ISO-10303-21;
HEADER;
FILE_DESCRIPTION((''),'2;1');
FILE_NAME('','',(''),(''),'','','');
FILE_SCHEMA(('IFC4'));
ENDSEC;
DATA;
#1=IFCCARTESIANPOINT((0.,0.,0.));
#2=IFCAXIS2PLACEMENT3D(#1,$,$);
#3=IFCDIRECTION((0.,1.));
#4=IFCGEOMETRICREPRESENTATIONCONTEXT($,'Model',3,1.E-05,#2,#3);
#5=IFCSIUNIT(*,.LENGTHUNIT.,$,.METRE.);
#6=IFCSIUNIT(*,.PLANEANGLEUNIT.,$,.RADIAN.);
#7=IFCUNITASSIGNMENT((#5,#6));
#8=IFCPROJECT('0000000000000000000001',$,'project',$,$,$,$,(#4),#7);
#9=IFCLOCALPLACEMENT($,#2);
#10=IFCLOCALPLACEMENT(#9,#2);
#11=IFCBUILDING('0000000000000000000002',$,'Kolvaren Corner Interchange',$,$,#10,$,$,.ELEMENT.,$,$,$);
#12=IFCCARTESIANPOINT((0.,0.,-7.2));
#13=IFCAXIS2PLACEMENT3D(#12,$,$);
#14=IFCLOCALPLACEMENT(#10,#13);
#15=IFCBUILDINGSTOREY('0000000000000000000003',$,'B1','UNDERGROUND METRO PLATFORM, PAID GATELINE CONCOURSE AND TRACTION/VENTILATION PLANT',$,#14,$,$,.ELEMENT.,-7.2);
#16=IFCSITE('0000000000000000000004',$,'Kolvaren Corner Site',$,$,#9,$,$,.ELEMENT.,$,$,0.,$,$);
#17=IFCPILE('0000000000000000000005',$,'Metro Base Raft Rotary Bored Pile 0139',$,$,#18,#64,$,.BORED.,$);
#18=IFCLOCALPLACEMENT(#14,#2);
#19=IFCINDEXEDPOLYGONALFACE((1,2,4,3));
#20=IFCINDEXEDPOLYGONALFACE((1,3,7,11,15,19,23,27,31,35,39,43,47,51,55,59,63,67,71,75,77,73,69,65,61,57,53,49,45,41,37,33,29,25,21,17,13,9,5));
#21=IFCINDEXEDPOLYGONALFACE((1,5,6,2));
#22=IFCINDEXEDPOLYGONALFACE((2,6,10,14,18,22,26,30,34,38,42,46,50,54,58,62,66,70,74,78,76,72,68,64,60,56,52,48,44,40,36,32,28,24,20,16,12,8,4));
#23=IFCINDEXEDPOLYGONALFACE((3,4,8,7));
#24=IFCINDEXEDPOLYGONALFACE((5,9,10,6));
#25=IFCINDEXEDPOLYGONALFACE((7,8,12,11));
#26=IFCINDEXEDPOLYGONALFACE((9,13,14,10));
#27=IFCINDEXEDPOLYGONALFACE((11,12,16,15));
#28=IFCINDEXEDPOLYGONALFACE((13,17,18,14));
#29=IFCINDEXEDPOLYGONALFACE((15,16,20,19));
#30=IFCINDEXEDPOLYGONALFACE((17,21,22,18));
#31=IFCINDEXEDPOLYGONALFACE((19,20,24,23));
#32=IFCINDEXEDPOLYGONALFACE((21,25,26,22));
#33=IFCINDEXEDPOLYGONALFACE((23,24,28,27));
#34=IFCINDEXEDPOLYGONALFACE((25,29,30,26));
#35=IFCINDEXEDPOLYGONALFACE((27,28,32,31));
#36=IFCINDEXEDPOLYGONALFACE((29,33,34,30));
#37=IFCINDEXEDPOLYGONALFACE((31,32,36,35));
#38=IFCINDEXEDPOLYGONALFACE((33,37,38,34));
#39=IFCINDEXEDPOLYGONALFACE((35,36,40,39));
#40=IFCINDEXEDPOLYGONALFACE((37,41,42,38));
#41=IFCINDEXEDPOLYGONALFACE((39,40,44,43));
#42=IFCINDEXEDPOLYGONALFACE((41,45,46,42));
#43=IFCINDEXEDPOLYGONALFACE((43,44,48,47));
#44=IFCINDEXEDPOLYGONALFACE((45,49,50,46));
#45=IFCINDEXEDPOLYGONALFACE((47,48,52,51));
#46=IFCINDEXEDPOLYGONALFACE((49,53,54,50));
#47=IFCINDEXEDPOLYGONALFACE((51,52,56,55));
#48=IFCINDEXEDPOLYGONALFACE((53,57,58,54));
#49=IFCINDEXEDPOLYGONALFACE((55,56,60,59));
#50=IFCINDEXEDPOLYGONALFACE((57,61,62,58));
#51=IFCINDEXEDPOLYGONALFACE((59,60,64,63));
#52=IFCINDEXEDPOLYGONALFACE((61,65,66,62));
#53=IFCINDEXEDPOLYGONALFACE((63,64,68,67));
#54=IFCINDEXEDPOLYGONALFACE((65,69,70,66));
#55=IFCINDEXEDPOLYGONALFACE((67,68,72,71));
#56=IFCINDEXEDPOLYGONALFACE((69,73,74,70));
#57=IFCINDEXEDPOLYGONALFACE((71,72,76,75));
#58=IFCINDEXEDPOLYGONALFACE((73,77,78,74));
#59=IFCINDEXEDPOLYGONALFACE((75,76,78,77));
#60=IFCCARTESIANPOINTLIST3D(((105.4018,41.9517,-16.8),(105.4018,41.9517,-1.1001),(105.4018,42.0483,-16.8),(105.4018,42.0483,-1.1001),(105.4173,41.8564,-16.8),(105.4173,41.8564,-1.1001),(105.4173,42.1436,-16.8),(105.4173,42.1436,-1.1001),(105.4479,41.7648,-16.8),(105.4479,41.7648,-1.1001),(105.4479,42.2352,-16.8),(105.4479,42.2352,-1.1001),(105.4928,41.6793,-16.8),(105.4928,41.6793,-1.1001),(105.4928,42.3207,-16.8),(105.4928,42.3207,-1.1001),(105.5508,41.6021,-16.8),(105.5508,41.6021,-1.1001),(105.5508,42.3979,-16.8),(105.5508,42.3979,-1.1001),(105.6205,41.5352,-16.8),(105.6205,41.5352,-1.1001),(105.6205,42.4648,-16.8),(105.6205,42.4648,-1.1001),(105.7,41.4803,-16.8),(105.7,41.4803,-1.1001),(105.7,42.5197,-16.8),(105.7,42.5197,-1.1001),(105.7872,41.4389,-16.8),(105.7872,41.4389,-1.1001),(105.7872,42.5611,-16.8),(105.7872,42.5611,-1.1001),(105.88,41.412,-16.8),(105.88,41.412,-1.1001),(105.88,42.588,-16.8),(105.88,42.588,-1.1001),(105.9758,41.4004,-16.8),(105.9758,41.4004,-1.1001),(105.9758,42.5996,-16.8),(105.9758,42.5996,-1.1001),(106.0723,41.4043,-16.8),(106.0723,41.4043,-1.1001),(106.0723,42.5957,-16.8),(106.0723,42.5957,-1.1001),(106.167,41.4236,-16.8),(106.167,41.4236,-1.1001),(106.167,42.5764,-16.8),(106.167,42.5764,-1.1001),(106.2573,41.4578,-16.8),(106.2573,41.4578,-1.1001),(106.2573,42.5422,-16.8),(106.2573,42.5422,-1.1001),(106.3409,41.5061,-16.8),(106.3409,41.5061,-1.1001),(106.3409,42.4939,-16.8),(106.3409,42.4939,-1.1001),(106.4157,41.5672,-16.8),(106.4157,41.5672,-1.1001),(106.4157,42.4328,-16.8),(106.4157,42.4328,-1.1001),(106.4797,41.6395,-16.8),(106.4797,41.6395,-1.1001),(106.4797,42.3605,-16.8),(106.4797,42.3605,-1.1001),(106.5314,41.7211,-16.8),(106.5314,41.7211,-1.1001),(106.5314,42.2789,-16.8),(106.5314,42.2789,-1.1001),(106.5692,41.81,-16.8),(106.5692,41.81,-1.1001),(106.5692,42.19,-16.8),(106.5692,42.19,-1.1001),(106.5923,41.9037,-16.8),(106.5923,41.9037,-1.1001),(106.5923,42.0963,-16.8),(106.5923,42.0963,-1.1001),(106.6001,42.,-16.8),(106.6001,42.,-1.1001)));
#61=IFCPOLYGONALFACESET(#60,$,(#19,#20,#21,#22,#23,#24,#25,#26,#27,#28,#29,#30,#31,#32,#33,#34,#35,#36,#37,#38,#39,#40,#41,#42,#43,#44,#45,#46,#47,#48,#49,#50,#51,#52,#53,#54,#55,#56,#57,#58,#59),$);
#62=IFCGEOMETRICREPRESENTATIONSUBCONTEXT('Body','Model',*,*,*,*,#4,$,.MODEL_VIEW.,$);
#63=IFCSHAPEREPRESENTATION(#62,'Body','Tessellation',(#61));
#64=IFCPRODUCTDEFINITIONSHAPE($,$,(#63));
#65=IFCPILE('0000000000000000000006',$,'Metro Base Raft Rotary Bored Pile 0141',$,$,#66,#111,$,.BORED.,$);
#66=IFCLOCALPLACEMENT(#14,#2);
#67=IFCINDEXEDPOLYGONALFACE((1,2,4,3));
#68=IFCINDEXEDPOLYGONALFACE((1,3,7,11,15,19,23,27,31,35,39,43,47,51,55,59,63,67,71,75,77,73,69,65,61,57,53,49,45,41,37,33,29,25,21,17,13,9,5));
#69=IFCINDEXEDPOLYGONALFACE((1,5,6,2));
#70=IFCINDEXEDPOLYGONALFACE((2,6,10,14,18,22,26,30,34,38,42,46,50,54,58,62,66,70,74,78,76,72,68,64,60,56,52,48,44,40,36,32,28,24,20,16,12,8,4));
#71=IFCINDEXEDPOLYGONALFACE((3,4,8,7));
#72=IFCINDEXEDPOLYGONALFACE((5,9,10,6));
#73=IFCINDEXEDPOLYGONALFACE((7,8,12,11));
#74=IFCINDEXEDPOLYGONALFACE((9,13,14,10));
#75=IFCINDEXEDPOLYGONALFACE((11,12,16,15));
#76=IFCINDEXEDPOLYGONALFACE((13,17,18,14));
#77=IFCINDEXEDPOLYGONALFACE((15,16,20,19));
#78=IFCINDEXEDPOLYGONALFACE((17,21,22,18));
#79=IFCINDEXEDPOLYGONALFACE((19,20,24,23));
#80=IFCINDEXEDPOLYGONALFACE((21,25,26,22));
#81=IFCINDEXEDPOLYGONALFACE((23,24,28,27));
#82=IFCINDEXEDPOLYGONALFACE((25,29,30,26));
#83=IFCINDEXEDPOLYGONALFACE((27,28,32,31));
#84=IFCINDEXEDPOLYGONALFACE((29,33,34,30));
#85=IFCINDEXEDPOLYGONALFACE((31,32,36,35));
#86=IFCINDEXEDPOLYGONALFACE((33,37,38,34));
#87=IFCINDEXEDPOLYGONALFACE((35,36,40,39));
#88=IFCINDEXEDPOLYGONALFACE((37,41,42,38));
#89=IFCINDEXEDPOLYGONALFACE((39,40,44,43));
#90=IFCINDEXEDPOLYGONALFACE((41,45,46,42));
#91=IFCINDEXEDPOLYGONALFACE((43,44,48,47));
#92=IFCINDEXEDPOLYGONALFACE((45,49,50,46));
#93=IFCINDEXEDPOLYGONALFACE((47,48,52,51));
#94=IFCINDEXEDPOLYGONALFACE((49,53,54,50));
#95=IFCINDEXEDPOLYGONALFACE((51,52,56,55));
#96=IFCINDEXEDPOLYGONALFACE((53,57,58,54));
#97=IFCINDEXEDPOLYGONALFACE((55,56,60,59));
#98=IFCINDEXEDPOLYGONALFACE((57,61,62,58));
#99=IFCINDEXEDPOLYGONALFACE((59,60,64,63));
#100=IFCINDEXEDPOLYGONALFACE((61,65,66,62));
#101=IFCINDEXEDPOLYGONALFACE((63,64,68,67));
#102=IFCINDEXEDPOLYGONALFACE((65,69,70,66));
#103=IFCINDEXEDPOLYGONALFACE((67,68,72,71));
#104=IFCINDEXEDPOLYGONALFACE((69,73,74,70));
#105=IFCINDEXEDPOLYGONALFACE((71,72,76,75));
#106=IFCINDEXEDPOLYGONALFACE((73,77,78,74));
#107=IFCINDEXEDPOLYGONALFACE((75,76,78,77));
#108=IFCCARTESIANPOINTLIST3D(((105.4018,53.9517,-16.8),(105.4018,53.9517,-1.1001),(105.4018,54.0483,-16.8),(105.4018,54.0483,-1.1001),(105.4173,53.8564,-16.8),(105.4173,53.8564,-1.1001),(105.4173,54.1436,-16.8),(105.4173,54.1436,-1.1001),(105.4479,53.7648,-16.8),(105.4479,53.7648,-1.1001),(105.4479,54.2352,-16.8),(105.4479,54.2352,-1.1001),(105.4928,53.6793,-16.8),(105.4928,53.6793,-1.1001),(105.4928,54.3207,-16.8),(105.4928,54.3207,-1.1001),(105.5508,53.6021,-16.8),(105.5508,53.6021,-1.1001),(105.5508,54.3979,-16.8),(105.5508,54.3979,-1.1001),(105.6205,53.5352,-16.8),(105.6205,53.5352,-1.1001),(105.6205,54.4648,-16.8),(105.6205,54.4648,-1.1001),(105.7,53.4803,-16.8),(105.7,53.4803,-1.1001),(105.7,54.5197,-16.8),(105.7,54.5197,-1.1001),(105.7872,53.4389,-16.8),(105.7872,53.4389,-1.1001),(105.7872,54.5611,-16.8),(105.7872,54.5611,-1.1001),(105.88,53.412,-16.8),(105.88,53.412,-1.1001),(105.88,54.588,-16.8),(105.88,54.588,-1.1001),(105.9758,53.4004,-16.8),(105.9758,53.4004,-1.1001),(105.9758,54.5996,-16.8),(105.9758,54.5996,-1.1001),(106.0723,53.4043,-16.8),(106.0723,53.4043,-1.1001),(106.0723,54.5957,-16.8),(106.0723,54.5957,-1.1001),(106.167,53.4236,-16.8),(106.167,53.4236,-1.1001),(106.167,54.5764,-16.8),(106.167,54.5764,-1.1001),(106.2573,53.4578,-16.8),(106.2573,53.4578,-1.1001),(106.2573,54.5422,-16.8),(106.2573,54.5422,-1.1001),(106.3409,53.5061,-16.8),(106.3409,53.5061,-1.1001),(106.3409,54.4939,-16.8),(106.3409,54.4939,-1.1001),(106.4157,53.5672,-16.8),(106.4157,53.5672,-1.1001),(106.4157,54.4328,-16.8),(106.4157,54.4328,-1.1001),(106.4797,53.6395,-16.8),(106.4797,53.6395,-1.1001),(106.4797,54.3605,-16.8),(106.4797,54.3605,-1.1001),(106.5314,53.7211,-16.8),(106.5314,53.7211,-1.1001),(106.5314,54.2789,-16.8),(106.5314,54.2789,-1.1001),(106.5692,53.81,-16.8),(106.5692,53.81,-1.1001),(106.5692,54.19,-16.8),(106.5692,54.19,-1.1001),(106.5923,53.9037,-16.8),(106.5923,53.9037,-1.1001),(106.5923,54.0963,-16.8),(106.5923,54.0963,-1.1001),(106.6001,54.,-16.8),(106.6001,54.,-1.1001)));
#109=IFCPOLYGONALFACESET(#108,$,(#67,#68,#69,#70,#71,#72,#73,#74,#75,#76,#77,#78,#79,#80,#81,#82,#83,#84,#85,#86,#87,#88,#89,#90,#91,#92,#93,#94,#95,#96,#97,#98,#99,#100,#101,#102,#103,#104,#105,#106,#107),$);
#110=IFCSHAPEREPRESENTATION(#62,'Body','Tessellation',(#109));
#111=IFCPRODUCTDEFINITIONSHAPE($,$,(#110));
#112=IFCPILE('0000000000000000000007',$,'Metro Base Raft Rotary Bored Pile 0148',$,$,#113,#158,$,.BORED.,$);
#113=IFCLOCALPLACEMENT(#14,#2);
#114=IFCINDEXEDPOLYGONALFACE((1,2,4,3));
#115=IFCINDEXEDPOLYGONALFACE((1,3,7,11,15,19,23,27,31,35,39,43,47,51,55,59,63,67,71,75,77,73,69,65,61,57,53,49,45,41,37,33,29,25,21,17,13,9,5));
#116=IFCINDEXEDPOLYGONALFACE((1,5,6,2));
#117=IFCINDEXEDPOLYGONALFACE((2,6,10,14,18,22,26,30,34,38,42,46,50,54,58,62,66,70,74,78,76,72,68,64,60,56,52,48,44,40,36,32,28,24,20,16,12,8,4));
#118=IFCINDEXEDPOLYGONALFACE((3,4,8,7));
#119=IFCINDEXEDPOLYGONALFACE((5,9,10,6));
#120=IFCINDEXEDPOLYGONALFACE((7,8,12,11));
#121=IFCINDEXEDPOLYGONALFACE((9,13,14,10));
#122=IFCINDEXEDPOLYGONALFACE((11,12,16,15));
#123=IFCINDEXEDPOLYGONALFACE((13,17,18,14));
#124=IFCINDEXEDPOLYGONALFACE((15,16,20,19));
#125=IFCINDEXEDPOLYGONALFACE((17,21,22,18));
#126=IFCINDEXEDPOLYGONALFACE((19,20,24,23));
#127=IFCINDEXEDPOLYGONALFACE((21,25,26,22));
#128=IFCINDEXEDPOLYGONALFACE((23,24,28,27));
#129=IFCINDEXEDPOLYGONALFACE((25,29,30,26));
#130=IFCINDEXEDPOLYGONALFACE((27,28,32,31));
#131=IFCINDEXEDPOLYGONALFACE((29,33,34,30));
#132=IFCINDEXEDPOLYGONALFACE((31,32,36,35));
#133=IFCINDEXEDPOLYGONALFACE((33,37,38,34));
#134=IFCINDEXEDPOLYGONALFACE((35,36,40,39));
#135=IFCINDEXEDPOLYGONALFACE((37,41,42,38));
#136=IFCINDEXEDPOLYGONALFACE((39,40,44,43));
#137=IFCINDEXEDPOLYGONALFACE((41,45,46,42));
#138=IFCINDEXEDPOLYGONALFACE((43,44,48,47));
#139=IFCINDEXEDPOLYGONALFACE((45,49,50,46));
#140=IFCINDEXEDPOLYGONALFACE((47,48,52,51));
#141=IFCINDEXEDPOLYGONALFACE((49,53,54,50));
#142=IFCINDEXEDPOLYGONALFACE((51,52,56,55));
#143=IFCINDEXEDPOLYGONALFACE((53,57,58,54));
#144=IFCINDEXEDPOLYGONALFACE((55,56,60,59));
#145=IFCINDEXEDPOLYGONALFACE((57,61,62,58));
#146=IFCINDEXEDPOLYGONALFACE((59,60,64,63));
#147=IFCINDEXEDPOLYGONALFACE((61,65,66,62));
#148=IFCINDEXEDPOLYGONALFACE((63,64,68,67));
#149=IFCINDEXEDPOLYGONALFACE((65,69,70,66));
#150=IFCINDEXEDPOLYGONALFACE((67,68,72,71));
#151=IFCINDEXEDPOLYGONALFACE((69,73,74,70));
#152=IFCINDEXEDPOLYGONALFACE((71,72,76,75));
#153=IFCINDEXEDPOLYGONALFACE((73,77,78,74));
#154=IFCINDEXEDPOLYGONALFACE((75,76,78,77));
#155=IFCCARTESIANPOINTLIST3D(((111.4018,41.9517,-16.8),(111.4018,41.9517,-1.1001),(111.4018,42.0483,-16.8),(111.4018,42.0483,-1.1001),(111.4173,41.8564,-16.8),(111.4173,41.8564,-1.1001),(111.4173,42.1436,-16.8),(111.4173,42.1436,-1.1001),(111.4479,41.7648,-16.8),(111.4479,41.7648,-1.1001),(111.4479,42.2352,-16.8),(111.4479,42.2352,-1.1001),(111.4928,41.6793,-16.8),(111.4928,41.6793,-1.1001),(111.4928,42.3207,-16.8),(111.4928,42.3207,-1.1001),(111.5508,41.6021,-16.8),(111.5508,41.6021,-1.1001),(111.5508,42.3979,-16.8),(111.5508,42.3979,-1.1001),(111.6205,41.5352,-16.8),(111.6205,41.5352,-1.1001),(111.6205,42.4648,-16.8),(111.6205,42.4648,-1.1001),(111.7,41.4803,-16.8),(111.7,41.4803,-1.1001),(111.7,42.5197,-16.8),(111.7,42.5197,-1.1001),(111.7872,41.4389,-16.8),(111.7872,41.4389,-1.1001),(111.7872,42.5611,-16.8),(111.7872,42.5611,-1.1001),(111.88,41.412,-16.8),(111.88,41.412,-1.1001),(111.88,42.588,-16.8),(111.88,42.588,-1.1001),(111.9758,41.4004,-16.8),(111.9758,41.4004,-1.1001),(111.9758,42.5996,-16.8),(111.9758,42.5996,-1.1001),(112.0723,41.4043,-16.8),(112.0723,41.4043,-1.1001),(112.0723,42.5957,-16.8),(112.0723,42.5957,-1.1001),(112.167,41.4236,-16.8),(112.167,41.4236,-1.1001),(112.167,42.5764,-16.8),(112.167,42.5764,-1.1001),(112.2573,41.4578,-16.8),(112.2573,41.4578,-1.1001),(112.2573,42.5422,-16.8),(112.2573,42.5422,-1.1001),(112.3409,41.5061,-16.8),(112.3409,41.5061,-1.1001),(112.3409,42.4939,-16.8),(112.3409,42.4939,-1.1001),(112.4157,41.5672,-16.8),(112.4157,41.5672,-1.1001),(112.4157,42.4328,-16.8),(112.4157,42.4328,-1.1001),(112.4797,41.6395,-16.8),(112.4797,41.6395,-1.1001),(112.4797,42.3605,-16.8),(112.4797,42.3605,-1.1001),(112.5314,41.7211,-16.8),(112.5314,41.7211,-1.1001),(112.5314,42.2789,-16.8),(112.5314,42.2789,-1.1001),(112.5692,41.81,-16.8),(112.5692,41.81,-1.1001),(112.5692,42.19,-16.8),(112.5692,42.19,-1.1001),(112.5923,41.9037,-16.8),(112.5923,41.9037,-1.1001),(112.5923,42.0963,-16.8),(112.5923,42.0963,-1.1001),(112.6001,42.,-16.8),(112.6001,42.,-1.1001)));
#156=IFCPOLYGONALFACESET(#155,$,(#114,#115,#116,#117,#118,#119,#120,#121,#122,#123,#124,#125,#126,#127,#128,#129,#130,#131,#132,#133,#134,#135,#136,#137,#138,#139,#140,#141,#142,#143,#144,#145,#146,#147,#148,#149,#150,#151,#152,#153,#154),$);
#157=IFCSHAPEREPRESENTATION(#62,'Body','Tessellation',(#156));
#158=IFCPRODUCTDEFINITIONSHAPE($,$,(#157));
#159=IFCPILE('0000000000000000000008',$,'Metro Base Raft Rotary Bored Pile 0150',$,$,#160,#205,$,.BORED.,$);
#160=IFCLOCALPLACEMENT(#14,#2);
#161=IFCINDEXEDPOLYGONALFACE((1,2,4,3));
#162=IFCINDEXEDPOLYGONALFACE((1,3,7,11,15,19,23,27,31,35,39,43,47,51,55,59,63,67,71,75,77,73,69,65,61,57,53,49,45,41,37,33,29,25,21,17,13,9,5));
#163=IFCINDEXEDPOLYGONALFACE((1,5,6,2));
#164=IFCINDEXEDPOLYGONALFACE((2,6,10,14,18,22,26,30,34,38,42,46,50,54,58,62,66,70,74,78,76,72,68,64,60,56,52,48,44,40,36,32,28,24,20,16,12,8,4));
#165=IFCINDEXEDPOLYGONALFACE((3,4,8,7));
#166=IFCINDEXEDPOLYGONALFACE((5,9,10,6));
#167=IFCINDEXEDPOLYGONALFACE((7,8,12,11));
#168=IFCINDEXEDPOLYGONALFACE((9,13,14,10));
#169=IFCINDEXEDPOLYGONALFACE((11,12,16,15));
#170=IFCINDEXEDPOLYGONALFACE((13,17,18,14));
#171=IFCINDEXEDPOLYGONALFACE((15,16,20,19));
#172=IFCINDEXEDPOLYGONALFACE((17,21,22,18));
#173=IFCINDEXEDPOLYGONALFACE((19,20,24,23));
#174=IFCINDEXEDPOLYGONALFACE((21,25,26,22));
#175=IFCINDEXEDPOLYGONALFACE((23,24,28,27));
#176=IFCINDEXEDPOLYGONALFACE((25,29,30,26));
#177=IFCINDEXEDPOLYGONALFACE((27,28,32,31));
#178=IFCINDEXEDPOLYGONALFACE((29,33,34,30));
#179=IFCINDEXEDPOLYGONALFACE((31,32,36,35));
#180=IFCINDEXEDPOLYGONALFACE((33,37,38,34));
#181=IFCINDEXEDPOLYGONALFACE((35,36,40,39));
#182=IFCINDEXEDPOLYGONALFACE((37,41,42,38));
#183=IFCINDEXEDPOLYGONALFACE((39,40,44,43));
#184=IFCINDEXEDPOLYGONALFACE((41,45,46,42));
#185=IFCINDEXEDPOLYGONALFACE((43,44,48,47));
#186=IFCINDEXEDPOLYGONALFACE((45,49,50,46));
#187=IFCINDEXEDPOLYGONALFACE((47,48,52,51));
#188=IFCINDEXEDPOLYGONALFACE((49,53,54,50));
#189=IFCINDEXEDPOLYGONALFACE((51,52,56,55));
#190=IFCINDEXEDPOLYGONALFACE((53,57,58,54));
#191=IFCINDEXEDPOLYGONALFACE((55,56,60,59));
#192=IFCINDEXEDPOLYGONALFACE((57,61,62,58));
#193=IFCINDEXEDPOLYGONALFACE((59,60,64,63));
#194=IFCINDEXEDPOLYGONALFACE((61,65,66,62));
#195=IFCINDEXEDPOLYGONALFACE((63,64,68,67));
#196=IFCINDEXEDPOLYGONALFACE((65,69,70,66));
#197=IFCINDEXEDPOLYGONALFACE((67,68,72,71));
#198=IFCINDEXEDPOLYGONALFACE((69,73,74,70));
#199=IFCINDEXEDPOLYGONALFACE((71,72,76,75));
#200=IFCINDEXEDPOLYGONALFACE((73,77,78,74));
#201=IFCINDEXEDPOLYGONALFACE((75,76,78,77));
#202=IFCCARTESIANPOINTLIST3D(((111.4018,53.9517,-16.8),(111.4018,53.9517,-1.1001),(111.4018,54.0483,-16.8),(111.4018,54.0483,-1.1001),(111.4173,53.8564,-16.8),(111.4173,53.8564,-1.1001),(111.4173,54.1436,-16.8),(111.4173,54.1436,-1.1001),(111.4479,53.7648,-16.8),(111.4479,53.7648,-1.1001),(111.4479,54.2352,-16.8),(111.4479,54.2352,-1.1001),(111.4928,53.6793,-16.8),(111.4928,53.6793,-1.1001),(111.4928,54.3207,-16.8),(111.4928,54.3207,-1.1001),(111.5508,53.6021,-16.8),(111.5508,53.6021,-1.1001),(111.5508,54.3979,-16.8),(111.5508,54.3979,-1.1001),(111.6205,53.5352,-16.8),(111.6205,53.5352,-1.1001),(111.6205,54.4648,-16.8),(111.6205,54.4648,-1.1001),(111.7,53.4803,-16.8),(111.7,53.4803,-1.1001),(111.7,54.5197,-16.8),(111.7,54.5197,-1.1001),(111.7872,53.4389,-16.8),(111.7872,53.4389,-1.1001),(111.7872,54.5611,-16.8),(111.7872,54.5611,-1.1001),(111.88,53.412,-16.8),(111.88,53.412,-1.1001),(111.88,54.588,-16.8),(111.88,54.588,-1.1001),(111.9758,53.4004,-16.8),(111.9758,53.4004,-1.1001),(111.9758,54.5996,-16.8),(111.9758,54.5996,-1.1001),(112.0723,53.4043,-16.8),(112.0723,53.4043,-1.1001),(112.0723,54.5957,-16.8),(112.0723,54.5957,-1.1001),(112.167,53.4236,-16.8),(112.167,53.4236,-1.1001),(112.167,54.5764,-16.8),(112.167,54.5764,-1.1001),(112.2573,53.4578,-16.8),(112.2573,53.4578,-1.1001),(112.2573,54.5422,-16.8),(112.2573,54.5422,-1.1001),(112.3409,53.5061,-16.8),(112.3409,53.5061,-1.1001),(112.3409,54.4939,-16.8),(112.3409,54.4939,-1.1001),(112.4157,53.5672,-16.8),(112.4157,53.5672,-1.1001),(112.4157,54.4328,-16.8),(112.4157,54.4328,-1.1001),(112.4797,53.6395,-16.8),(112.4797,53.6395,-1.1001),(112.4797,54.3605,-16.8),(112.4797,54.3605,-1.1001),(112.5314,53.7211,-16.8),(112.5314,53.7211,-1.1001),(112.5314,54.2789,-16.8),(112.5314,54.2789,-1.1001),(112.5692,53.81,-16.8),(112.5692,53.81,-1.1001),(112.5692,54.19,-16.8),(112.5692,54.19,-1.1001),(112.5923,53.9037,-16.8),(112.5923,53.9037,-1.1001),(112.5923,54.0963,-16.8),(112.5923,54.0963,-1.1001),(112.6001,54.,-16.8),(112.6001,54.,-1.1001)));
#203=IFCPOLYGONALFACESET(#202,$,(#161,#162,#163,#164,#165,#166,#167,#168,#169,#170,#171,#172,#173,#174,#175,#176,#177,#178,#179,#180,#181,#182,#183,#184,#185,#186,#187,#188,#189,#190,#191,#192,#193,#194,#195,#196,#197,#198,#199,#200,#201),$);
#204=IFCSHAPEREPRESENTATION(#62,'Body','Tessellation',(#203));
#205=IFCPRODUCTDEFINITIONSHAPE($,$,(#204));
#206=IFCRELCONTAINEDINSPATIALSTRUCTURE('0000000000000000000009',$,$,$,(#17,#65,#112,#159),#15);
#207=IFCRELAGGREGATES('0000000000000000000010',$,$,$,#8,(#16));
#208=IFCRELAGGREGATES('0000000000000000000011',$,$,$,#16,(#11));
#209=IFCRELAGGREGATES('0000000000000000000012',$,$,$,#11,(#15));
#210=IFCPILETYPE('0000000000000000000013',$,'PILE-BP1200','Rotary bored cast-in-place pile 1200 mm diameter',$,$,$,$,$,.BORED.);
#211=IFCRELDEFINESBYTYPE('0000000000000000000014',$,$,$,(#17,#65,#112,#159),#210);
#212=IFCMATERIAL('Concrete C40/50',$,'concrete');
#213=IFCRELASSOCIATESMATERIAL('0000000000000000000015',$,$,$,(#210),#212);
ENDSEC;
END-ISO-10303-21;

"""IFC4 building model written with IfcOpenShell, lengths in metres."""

from ifc_helpers import new_model, si_unit, direction, frame, origin, origin_2d, place, context, subcontext, project, spatial, circle, extrude, material, material_profile, profile_set, type_object, element, save


model = new_model("IFC4")

# Units and contexts
model_context = context("Model", 3, precision=1e-05, world=origin(), true_north=direction((0.0, 1.0)))
body_context = subcontext(model_context, "Body", "Model", "MODEL_VIEW")
ifc_project = project(units=[si_unit("LENGTHUNIT", "METRE"), si_unit("PLANEANGLEUNIT", "RADIAN")], contexts=[model_context])

# Site, building, storey
site_placement = place(None, origin())
site = spatial("IfcSite", under=ifc_project, at=site_placement, Name="Kolvaren Corner Site", CompositionType="ELEMENT", RefElevation=0.0)
building_placement = place(site_placement, origin())
building = spatial("IfcBuilding", under=site, at=building_placement, Name="Kolvaren Corner Interchange", CompositionType="ELEMENT")
storey_placement = place(building_placement, frame((0.0, 0.0, -7.2)))
storey = spatial("IfcBuildingStorey", under=building, at=storey_placement, Name="B1", Description="UNDERGROUND METRO PLATFORM, PAID GATELINE CONCOURSE AND TRACTION/VENTILATION PLANT", CompositionType="ELEMENT", Elevation=-7.2)

# Piles
ifc_material_1 = material(Name="Concrete C40/50", Category="concrete")
ifc_material_profile_1 = material_profile(ifc_material_1, circle(Radius=0.6001, at=origin_2d()), Name="BORED PILE 1200")
ifc_profile_set_1 = profile_set([ifc_material_profile_1], Name="Concrete C40/50")
pile_type_1 = type_object("IfcPileType", Name="PILE-BP1200", Description="Rotary bored cast-in-place pile 1200 mm diameter", PredefinedType="BORED", material=ifc_profile_set_1)
for number, where, z_axis, x_axis, name in (
    (1, (106.0, 42.0, -1.1001), (0.0, 0.0, -1.0), (1.0, 0.0, 0.0), "Metro Base Raft Rotary Bored Pile 0139"),
    (2, (106.0, 54.0, -1.1001), (0.0, 0.0, -1.0), (1.0, 0.0, 0.0), "Metro Base Raft Rotary Bored Pile 0141"),
    (3, (112.0, 42.0, -1.1001), (0.0, 0.0, -1.0), (1.0, 0.0, 0.0), "Metro Base Raft Rotary Bored Pile 0148"),
    (4, (112.0, 54.0, -1.1001), (0.0, 0.0, -1.0), (1.0, 0.0, 0.0), "Metro Base Raft Rotary Bored Pile 0150"),
):
    element("IfcPile", number, at=place(storey_placement, frame(where, z_axis=z_axis, x_axis=x_axis)), inside=storey, type_object=pile_type_1, Name=name, PredefinedType="BORED", context=body_context, shape_type="SweptSolid", body=[
        extrude(circle(Radius=0.6001, at=origin_2d()), origin(), (0.0, 0.0, 1.0), 15.7),
    ])

save(model, "model.ifc")
